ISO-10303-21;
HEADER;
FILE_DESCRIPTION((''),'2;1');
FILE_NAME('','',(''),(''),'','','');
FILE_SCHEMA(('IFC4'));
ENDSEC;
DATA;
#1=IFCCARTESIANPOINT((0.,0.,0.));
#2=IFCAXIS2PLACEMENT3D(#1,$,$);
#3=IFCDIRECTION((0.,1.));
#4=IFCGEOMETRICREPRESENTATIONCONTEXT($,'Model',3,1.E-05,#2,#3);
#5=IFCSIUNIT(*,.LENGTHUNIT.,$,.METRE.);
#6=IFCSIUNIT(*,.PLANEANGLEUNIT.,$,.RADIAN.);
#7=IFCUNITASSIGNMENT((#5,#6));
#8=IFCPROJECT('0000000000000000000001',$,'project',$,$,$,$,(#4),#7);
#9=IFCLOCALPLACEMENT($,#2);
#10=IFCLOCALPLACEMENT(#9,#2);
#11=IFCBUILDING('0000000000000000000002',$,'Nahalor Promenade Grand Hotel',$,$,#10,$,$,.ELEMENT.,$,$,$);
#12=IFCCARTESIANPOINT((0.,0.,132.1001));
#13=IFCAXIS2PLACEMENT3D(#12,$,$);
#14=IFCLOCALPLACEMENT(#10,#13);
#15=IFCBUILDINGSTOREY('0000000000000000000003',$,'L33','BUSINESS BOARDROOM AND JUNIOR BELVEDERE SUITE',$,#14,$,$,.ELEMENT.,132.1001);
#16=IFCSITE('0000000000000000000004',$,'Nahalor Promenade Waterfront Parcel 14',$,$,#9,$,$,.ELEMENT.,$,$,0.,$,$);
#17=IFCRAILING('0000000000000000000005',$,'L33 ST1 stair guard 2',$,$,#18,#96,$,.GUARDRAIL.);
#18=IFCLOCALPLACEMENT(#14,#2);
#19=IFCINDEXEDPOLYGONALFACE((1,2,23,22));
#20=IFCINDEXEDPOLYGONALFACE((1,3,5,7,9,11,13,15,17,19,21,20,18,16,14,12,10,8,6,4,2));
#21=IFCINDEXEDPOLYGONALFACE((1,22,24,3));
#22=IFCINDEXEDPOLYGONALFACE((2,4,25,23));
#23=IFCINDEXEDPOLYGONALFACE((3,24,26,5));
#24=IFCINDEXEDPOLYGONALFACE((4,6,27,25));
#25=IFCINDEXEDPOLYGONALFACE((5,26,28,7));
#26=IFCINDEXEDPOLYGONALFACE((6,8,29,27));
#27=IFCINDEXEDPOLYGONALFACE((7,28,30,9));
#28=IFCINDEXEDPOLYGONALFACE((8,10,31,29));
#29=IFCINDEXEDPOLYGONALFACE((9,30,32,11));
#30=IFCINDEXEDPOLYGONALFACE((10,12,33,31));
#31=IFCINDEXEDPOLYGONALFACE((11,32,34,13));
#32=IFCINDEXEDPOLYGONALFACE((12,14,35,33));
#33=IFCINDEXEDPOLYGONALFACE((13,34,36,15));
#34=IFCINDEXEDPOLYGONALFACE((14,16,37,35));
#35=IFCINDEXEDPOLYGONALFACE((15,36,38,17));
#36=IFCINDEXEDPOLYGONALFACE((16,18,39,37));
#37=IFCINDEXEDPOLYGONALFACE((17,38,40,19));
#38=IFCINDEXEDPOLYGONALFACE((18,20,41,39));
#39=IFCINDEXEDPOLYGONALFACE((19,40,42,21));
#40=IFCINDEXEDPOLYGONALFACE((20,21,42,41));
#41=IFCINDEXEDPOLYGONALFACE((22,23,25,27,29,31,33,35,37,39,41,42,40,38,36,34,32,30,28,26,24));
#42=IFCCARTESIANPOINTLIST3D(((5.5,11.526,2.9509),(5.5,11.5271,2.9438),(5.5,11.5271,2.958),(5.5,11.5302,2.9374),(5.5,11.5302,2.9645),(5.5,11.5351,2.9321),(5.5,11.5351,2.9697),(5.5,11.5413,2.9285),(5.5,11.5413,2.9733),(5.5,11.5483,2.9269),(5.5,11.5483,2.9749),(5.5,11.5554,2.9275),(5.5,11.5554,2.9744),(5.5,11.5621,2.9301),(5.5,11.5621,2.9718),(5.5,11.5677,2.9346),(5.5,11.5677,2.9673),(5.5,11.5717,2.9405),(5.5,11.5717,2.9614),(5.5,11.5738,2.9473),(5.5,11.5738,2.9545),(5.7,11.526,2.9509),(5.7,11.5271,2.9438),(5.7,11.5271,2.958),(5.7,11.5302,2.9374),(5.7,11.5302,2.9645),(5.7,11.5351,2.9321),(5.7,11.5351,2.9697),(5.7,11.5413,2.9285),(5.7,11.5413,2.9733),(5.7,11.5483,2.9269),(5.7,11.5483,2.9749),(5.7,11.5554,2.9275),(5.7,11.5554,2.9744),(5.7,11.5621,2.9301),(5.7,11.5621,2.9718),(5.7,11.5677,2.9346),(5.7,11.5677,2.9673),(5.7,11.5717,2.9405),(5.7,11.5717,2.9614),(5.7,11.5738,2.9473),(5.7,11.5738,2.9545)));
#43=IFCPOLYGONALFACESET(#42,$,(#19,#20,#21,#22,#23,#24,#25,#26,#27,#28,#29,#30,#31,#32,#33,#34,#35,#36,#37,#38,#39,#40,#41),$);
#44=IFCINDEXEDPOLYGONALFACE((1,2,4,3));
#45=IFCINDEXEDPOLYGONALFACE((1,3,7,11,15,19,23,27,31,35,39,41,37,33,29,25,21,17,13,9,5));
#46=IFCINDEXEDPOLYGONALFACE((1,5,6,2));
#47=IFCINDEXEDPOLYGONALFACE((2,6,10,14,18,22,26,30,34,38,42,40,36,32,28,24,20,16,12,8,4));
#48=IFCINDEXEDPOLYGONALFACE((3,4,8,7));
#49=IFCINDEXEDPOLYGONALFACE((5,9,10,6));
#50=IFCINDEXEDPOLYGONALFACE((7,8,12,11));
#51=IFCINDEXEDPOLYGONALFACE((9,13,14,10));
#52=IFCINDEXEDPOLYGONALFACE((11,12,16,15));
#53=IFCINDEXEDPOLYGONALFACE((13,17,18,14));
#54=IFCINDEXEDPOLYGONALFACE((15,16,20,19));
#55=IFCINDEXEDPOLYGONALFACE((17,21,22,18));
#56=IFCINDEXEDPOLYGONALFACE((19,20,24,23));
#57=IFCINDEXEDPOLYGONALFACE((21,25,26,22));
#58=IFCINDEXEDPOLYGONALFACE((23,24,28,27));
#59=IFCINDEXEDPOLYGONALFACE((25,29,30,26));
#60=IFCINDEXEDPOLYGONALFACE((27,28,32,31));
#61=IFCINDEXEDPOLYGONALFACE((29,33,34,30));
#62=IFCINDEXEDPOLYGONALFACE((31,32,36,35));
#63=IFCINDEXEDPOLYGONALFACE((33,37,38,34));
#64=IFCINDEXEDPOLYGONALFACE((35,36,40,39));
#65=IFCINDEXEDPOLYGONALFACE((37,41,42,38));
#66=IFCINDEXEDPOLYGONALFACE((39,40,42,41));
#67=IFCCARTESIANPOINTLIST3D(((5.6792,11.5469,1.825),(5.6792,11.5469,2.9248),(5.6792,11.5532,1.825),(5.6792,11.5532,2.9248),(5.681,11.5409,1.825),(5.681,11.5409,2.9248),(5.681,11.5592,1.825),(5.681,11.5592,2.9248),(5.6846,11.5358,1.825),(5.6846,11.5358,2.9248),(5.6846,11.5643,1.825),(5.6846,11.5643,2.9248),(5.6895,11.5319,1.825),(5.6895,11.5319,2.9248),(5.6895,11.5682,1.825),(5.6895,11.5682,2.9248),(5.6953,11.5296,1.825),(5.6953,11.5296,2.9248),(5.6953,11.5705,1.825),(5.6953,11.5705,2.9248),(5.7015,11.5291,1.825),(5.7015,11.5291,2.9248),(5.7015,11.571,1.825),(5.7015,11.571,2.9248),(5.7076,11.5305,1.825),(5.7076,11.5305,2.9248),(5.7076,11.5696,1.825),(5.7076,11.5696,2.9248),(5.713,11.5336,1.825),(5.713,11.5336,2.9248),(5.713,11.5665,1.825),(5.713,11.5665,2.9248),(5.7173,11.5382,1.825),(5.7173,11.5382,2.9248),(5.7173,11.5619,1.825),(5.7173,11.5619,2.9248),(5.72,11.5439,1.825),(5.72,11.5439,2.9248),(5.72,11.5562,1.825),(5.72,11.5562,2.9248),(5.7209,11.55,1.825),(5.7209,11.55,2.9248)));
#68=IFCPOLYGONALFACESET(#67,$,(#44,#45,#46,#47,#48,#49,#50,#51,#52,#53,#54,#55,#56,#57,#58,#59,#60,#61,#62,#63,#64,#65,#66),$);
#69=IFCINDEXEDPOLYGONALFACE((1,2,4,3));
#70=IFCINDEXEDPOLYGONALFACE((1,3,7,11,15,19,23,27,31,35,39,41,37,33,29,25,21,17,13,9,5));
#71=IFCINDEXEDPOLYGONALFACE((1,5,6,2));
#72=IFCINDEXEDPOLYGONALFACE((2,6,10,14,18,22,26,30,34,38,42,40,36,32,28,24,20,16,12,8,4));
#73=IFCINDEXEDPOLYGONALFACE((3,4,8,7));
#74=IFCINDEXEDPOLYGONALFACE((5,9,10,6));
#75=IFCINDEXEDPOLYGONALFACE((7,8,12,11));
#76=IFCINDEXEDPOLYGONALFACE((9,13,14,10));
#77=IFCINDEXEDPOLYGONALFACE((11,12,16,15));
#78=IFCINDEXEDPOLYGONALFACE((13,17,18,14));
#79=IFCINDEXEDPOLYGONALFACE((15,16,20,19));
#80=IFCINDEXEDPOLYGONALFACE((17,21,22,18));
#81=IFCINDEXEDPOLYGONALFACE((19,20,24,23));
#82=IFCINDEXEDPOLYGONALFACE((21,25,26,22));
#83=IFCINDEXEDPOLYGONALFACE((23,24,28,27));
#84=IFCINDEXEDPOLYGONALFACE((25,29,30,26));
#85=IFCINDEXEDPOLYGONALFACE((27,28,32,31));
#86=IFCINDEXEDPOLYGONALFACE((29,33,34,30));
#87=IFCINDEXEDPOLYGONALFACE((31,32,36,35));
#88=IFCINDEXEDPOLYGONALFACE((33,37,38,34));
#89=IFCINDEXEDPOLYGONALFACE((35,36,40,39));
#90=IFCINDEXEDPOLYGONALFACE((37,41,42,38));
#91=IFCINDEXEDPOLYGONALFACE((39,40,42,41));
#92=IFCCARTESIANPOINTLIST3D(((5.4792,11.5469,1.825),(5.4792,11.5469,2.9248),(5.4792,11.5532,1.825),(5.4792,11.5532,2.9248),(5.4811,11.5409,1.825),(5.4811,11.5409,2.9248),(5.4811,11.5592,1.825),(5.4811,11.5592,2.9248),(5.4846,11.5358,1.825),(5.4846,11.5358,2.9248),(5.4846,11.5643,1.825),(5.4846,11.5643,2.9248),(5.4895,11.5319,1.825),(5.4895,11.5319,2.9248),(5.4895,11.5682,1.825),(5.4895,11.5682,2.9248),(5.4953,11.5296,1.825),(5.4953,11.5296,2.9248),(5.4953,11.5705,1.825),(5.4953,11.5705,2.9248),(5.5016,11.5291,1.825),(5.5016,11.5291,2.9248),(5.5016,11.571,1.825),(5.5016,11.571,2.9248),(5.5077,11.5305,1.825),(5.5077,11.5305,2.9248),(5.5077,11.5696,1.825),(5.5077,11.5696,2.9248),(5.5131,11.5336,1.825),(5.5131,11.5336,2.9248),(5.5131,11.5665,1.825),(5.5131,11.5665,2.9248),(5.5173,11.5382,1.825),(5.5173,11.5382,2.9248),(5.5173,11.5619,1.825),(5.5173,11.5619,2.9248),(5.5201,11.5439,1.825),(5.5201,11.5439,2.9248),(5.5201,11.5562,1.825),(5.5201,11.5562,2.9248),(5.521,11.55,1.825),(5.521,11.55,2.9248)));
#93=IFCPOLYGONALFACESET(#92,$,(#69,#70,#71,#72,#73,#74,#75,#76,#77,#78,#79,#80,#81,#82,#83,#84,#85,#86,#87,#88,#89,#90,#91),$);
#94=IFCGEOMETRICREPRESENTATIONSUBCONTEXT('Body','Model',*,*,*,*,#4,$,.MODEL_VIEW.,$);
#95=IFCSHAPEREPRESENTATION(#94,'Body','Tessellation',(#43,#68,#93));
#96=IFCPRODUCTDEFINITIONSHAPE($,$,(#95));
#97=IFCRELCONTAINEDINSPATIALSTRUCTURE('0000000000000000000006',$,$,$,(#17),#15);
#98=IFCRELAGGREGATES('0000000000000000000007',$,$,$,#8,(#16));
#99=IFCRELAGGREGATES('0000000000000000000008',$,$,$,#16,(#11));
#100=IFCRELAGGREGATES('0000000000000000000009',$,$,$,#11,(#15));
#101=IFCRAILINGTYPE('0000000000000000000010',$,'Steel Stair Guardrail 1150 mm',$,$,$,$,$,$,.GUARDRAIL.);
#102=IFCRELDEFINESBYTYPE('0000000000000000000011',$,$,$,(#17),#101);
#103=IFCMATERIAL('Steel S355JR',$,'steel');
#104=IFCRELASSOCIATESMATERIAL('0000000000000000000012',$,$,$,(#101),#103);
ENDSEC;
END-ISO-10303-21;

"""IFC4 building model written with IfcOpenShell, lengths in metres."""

from ifc_helpers import new_model, si_unit, direction, frame, origin, origin_2d, place, context, subcontext, project, spatial, circle, extrude, material, type_object, element, save


model = new_model("IFC4")

# Units and contexts
model_context = context("Model", 3, precision=1e-05, world=origin(), true_north=direction((0.0, 1.0)))
body_context = subcontext(model_context, "Body", "Model", "MODEL_VIEW")
ifc_project = project(units=[si_unit("LENGTHUNIT", "METRE"), si_unit("PLANEANGLEUNIT", "RADIAN")], contexts=[model_context])

# Site, building, storey
site_placement = place(None, origin())
site = spatial("IfcSite", under=ifc_project, at=site_placement, Name="Nahalor Promenade Waterfront Parcel 14", CompositionType="ELEMENT", RefElevation=0.0)
building_placement = place(site_placement, origin())
building = spatial("IfcBuilding", under=site, at=building_placement, Name="Nahalor Promenade Grand Hotel", CompositionType="ELEMENT")
storey_placement = place(building_placement, frame((0.0, 0.0, 132.1001)))
storey = spatial("IfcBuildingStorey", under=building, at=storey_placement, Name="L33", Description="BUSINESS BOARDROOM AND JUNIOR BELVEDERE SUITE", CompositionType="ELEMENT", Elevation=132.1001)

# Shared definitions
ifc_material_1 = material(Name="Steel S355JR", Category="steel")

# Railing
railing_type = type_object("IfcRailingType", Name="Steel Stair Guardrail 1150 mm", PredefinedType="GUARDRAIL", material=ifc_material_1)
railing_1_placement = place(storey_placement, frame((5.7, 11.55, 1.825)))
element("IfcRailing", 1, at=railing_1_placement, inside=storey, type_object=railing_type, Name="L33 ST1 stair guard 2", PredefinedType="GUARDRAIL", context=body_context, shape_type="SweptSolid", body=[
    extrude(circle(Radius=0.024, at=origin_2d()), frame((0.0, 0.0, 1.126), z_axis=(-1.0, 0.0, 0.0), x_axis=(0.0, -1.0, 0.0)), (0.0, 0.0, 1.0), 0.2),
    extrude(circle(Radius=0.021, at=origin_2d()), origin(), (0.0, 0.0, 1.0), 1.0999),
    extrude(circle(Radius=0.021, at=origin_2d()), frame((-0.2, 0.0, 0.0)), (0.0, 0.0, 1.0), 1.0999),
])

save(model, "model.ifc")
